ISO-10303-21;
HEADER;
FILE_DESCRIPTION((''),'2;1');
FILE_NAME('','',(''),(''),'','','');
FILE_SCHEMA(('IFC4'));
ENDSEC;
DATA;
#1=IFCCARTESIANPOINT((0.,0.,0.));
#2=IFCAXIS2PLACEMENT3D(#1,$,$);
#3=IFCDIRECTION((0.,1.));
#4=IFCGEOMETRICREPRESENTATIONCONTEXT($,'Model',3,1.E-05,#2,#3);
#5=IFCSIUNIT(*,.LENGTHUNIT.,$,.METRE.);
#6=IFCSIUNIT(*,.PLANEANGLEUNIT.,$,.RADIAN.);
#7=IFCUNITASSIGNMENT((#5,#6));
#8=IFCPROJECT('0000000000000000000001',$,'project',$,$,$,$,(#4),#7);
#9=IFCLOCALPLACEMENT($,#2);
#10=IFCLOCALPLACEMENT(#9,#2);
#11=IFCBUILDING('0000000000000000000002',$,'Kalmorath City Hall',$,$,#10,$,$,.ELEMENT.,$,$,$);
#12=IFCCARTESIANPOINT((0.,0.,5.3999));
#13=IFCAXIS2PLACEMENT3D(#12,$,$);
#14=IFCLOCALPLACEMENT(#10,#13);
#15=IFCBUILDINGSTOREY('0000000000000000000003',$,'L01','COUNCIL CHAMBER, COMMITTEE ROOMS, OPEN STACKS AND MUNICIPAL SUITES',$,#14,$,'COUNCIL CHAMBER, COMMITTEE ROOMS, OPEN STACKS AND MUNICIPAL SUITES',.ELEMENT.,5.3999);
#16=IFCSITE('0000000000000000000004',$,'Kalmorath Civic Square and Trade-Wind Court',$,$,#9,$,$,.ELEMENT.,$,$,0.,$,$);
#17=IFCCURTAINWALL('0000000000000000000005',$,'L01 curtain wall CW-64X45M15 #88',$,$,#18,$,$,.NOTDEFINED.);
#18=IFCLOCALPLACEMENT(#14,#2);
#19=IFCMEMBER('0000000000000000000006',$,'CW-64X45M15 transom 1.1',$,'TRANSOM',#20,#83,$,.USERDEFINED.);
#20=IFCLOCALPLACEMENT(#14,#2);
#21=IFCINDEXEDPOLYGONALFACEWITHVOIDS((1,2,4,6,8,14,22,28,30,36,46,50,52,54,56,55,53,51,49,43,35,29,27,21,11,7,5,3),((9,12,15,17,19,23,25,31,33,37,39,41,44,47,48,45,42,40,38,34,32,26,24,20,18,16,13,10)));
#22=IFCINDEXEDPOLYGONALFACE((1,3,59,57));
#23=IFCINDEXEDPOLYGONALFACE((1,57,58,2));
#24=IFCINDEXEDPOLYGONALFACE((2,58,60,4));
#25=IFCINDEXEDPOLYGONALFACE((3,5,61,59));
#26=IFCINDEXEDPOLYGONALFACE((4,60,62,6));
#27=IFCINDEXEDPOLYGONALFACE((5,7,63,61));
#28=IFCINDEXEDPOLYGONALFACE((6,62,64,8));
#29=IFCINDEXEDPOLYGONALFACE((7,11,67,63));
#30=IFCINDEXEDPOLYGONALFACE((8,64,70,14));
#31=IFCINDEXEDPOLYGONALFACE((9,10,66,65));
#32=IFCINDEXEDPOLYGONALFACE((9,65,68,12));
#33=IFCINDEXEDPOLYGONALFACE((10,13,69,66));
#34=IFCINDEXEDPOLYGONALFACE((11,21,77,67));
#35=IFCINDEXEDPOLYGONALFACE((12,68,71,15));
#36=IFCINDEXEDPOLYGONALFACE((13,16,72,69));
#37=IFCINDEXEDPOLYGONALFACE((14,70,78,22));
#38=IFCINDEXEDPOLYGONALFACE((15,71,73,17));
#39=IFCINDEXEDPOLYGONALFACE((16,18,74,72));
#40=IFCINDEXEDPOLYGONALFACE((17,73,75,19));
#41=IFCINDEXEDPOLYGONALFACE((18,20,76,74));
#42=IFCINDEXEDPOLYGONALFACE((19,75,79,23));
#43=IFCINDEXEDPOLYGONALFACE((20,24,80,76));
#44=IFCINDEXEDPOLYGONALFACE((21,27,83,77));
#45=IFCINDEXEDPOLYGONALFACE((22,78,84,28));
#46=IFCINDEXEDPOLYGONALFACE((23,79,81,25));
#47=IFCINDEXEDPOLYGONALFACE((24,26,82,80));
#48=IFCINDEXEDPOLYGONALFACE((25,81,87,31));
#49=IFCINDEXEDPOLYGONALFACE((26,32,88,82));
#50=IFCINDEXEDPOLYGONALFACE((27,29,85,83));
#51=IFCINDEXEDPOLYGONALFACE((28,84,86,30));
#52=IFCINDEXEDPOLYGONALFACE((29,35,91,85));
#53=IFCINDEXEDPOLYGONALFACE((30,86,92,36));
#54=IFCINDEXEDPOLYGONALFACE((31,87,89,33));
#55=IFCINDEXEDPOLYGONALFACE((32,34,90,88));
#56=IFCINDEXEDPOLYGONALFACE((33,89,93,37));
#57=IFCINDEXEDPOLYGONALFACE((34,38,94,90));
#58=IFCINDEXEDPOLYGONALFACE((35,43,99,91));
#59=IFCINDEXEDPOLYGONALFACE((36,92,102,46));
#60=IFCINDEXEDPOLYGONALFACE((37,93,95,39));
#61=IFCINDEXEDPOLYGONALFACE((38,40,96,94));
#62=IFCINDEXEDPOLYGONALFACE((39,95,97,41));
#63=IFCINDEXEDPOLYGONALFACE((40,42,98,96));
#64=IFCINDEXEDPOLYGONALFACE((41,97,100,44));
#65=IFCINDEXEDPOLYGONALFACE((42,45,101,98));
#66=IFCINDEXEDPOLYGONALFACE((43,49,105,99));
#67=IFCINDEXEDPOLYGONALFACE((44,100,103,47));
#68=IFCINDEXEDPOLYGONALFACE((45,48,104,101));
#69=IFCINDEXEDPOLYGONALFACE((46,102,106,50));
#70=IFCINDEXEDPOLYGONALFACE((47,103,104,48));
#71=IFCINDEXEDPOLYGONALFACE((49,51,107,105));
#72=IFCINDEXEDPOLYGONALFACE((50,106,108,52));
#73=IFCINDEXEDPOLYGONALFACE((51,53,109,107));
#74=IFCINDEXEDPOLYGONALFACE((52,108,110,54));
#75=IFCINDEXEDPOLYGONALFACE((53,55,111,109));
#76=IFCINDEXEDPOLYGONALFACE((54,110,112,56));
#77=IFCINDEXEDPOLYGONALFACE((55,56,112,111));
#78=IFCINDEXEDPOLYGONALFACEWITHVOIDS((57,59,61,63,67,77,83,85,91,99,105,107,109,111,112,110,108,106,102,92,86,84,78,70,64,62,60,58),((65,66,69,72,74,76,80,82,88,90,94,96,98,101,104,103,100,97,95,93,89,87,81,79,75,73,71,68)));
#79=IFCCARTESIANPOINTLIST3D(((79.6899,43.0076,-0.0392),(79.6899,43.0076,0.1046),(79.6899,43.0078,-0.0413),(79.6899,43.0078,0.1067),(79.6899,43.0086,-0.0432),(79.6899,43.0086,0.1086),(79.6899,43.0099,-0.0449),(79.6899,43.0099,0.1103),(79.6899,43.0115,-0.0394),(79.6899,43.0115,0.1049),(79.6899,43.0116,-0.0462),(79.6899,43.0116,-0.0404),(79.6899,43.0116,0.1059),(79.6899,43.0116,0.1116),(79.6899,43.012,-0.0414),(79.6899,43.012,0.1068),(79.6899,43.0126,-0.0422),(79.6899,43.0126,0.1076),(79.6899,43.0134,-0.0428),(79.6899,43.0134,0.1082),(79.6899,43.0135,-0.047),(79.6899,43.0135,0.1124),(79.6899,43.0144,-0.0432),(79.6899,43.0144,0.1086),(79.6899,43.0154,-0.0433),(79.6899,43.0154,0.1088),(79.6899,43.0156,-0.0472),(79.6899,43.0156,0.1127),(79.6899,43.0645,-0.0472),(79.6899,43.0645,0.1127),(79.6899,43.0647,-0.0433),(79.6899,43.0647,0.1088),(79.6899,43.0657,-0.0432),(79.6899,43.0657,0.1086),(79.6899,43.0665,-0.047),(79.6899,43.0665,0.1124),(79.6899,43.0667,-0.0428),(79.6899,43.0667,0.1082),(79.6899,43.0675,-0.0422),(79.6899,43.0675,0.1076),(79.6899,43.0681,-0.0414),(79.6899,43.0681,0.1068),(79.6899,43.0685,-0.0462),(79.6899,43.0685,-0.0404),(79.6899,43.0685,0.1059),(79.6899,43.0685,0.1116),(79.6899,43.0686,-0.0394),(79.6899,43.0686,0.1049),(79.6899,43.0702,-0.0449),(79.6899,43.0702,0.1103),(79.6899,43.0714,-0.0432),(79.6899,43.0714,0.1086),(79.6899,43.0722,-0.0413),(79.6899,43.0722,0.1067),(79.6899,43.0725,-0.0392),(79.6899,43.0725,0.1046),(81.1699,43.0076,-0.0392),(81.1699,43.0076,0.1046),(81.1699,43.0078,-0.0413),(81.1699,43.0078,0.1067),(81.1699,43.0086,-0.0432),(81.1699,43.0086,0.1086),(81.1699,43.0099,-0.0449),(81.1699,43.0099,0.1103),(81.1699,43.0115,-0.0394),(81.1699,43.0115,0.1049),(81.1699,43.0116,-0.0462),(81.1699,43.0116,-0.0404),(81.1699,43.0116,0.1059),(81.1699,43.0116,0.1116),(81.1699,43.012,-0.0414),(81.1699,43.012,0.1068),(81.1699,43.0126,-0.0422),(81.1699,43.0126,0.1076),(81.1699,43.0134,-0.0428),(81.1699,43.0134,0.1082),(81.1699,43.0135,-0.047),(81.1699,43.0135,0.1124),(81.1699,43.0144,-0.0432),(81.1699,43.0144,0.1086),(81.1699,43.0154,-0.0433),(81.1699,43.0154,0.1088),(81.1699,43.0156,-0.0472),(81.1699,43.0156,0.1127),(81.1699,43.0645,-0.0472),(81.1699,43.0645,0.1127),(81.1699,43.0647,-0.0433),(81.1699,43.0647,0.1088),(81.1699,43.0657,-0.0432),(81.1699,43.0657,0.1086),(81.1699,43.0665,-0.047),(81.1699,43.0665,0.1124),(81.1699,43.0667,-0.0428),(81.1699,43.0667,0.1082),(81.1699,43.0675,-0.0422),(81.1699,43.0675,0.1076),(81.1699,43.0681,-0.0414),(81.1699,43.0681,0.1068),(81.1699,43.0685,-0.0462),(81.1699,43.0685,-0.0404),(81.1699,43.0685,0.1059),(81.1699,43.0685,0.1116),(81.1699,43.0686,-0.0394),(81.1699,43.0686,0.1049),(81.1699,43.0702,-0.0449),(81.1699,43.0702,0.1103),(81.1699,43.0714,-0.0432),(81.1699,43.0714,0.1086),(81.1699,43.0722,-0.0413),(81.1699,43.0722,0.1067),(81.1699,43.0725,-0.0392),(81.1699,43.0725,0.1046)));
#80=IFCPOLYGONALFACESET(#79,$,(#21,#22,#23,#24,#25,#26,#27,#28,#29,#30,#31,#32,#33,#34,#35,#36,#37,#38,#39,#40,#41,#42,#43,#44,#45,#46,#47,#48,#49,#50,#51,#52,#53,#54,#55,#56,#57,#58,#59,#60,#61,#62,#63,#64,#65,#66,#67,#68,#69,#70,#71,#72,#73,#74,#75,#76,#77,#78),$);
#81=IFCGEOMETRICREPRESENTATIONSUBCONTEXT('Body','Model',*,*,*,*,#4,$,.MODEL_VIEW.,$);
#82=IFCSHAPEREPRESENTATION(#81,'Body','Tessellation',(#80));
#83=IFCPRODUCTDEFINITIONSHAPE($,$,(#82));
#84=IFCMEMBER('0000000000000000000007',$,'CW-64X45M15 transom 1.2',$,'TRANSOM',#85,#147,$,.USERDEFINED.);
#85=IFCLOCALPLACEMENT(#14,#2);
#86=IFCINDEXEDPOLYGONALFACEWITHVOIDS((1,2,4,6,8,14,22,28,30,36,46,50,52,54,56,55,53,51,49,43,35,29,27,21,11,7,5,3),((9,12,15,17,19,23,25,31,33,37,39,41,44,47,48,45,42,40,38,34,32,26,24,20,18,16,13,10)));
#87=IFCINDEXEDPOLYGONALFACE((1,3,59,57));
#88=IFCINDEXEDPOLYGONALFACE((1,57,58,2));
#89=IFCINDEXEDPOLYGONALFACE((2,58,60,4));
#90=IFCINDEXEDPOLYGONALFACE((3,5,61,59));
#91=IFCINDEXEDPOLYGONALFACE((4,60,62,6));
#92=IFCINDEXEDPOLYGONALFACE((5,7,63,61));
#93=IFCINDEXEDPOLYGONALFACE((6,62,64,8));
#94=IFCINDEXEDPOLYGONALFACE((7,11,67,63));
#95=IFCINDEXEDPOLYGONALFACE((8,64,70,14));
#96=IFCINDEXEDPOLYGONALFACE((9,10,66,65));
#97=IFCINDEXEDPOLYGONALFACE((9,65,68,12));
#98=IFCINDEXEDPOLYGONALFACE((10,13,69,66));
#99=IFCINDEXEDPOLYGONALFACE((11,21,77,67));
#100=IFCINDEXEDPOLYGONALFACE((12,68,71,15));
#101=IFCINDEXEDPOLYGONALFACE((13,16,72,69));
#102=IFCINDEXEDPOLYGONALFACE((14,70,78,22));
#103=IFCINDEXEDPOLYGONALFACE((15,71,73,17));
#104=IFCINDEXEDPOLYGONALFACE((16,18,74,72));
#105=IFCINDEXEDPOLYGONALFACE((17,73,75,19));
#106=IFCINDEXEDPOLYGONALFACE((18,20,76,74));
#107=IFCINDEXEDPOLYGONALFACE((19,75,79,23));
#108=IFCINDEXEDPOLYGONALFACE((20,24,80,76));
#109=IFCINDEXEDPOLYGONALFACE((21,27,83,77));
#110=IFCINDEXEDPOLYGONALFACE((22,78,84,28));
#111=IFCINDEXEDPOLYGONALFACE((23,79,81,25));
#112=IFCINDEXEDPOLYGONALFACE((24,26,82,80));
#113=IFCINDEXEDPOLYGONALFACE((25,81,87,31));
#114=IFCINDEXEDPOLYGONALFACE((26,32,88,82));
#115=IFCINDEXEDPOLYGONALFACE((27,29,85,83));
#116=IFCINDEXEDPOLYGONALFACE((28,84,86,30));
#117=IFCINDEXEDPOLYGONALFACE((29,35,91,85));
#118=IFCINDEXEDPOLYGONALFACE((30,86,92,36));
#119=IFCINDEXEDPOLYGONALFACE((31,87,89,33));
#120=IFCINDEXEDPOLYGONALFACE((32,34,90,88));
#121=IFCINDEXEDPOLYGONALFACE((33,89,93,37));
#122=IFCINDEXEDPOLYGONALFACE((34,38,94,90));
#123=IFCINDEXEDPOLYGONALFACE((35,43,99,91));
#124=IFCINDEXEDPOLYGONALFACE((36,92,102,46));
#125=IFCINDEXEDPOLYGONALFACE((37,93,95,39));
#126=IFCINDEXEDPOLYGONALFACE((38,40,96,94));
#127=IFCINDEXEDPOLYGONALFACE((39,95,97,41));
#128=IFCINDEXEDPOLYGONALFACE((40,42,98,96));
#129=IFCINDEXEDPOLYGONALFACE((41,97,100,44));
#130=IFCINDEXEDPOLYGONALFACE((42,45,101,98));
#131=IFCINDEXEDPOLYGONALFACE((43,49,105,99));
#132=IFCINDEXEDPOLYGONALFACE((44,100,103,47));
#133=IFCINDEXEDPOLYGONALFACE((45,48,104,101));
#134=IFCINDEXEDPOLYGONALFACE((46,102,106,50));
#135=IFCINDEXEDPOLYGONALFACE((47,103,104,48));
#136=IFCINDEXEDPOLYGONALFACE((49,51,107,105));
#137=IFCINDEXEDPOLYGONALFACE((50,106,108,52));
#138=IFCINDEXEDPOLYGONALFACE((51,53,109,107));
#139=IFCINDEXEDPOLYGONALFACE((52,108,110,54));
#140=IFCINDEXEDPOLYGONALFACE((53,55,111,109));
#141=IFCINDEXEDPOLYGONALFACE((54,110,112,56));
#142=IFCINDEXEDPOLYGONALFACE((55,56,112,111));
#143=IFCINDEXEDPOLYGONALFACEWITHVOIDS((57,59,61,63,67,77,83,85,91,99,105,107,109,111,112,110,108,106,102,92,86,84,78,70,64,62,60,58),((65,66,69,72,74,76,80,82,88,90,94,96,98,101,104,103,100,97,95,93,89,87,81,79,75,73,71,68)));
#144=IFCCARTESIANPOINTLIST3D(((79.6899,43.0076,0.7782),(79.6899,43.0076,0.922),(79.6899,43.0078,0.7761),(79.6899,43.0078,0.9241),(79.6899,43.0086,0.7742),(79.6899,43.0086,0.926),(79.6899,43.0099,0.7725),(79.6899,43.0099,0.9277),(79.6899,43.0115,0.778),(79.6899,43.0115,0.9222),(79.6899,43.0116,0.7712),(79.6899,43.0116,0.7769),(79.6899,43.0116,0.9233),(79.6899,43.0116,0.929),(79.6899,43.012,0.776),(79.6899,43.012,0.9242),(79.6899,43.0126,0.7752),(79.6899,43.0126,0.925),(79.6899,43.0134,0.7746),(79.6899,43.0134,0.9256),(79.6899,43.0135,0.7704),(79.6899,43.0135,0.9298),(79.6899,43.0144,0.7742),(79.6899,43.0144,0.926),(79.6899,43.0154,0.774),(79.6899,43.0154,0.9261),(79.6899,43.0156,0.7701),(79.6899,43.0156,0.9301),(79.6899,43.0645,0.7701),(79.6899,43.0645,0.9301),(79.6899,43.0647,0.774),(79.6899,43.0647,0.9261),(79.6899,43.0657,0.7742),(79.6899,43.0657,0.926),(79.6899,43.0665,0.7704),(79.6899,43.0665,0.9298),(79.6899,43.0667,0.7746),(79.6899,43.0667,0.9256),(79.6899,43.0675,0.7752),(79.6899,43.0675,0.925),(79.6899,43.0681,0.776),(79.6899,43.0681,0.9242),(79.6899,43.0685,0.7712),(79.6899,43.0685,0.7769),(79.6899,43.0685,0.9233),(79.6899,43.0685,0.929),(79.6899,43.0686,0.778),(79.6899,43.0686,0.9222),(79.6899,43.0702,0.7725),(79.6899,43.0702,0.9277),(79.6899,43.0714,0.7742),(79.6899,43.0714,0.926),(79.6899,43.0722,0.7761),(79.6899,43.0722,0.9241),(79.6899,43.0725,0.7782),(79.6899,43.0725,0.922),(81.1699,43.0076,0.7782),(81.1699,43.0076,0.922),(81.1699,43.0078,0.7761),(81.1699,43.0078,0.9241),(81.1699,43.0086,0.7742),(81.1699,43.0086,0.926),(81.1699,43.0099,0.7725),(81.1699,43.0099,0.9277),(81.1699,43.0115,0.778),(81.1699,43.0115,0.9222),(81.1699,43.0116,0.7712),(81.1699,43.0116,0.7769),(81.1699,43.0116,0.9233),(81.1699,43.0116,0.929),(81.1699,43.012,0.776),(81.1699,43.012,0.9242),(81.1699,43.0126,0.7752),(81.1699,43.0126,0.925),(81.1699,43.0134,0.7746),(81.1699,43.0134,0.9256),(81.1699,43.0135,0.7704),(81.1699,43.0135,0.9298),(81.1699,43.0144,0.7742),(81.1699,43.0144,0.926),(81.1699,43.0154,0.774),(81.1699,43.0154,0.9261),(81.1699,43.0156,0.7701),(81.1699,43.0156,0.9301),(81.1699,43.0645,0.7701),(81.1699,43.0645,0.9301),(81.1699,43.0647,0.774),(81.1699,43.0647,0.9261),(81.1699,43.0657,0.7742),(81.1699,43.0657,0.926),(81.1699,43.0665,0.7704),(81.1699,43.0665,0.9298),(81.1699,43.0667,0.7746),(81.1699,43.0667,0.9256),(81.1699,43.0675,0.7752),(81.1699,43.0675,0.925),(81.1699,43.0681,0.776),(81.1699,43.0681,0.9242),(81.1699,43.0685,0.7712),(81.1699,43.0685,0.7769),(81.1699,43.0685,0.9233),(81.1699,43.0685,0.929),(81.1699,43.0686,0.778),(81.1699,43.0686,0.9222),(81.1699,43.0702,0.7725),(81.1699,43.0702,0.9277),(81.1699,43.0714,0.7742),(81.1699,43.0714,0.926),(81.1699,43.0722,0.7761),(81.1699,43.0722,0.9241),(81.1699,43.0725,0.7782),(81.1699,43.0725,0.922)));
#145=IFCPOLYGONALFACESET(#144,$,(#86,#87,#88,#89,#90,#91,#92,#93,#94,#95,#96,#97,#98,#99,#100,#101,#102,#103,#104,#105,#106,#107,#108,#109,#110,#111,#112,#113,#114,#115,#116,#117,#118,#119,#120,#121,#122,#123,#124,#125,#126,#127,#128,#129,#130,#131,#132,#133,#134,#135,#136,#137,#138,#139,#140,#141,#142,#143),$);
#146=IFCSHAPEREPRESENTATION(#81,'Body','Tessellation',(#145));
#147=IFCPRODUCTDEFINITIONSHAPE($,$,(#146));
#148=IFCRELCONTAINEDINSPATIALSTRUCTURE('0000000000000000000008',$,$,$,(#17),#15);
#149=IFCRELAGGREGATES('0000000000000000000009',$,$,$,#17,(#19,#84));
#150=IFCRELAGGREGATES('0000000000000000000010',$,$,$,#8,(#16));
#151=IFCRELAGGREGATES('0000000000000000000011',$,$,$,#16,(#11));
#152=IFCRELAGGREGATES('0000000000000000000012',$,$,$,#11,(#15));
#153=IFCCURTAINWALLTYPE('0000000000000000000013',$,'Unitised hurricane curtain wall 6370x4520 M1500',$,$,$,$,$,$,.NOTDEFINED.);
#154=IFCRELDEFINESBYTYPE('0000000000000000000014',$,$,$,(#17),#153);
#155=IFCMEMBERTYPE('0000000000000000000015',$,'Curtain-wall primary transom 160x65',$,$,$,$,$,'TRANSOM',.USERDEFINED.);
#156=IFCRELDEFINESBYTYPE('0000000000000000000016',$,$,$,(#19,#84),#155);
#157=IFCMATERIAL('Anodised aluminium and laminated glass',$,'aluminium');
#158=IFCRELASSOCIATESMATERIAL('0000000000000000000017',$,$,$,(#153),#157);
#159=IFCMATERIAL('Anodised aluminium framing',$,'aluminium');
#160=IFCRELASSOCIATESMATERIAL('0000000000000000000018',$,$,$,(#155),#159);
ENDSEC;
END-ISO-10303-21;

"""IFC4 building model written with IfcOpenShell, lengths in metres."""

from ifc_helpers import new_model, si_unit, direction, frame, origin, origin_2d, place, context, subcontext, project, spatial, hollow_rectangle, extrude, material, material_profile, profile_set, type_object, element, aggregate, save


model = new_model("IFC4")

# Units and contexts
model_context = context("Model", 3, precision=1e-05, world=origin(), true_north=direction((0.0, 1.0)))
body_context = subcontext(model_context, "Body", "Model", "MODEL_VIEW")
ifc_project = project(units=[si_unit("LENGTHUNIT", "METRE"), si_unit("PLANEANGLEUNIT", "RADIAN")], contexts=[model_context])

# Site, building, storey
site_placement = place(None, origin())
site = spatial("IfcSite", under=ifc_project, at=site_placement, Name="Kalmorath Civic Square and Trade-Wind Court", CompositionType="ELEMENT", RefElevation=0.0)
building_placement = place(site_placement, origin())
building = spatial("IfcBuilding", under=site, at=building_placement, Name="Kalmorath City Hall", CompositionType="ELEMENT")
storey_placement = place(building_placement, frame((0.0, 0.0, 5.3999)))
storey = spatial("IfcBuildingStorey", under=building, at=storey_placement, Name="L01", Description="COUNCIL CHAMBER, COMMITTEE ROOMS, OPEN STACKS AND MUNICIPAL SUITES", LongName="COUNCIL CHAMBER, COMMITTEE ROOMS, OPEN STACKS AND MUNICIPAL SUITES", CompositionType="ELEMENT", Elevation=5.3999)

# Curtain wall, members
ifc_material_1 = material(Name="Anodised aluminium and laminated glass", Category="aluminium")
curtain_wall_type = type_object("IfcCurtainWallType", Name="Unitised hurricane curtain wall 6370x4520 M1500", PredefinedType="NOTDEFINED", material=ifc_material_1)
curtain_wall_placement = place(storey_placement, origin())
curtain_wall = element("IfcCurtainWall", 1, at=curtain_wall_placement, inside=storey, type_object=curtain_wall_type, Name="L01 curtain wall CW-64X45M15 #88", PredefinedType="NOTDEFINED")
ifc_material_2 = material(Name="Anodised aluminium framing", Category="aluminium")
ifc_material_profile_1 = material_profile(ifc_material_2, hollow_rectangle(XDim=0.0649, YDim=0.1599, WallThickness=0.0039, InnerFilletRadius=0.0039, OuterFilletRadius=0.0081, at=origin_2d()), Name="ALU-TRN-160X65X4")
ifc_profile_set_1 = profile_set([ifc_material_profile_1], Name="Anodised aluminium framing")
member_type_1 = type_object("IfcMemberType", Name="Curtain-wall primary transom 160x65", ElementType="TRANSOM", PredefinedType="USERDEFINED", material=ifc_profile_set_1)
member_1_placement = place(storey_placement, frame((79.6899, 43.04, 0.0327), z_axis=(1.0, 0.0, 0.0), x_axis=(0.0, 1.0, 0.0)))
member_1 = element("IfcMember", 2, at=member_1_placement, type_object=member_type_1, Name="CW-64X45M15 transom 1.1", ObjectType="TRANSOM", PredefinedType="USERDEFINED", context=body_context, shape_type="SweptSolid", body=[
    extrude(hollow_rectangle(XDim=0.0649, YDim=0.1599, WallThickness=0.0039, InnerFilletRadius=0.0039, OuterFilletRadius=0.0081, at=origin_2d()), origin(), (0.0, 0.0, 1.0), 1.48),
])
member_2_placement = place(storey_placement, frame((79.6899, 43.04, 0.8501), z_axis=(1.0, 0.0, 0.0), x_axis=(0.0, 1.0, 0.0)))
member_2 = element("IfcMember", 3, at=member_2_placement, type_object=member_type_1, Name="CW-64X45M15 transom 1.2", ObjectType="TRANSOM", PredefinedType="USERDEFINED", context=body_context, shape_type="SweptSolid", body=[
    extrude(hollow_rectangle(XDim=0.0649, YDim=0.1599, WallThickness=0.0039, InnerFilletRadius=0.0039, OuterFilletRadius=0.0081, at=origin_2d()), origin(), (0.0, 0.0, 1.0), 1.48),
])

aggregate(curtain_wall, [member_1, member_2])

save(model, "model.ifc")
